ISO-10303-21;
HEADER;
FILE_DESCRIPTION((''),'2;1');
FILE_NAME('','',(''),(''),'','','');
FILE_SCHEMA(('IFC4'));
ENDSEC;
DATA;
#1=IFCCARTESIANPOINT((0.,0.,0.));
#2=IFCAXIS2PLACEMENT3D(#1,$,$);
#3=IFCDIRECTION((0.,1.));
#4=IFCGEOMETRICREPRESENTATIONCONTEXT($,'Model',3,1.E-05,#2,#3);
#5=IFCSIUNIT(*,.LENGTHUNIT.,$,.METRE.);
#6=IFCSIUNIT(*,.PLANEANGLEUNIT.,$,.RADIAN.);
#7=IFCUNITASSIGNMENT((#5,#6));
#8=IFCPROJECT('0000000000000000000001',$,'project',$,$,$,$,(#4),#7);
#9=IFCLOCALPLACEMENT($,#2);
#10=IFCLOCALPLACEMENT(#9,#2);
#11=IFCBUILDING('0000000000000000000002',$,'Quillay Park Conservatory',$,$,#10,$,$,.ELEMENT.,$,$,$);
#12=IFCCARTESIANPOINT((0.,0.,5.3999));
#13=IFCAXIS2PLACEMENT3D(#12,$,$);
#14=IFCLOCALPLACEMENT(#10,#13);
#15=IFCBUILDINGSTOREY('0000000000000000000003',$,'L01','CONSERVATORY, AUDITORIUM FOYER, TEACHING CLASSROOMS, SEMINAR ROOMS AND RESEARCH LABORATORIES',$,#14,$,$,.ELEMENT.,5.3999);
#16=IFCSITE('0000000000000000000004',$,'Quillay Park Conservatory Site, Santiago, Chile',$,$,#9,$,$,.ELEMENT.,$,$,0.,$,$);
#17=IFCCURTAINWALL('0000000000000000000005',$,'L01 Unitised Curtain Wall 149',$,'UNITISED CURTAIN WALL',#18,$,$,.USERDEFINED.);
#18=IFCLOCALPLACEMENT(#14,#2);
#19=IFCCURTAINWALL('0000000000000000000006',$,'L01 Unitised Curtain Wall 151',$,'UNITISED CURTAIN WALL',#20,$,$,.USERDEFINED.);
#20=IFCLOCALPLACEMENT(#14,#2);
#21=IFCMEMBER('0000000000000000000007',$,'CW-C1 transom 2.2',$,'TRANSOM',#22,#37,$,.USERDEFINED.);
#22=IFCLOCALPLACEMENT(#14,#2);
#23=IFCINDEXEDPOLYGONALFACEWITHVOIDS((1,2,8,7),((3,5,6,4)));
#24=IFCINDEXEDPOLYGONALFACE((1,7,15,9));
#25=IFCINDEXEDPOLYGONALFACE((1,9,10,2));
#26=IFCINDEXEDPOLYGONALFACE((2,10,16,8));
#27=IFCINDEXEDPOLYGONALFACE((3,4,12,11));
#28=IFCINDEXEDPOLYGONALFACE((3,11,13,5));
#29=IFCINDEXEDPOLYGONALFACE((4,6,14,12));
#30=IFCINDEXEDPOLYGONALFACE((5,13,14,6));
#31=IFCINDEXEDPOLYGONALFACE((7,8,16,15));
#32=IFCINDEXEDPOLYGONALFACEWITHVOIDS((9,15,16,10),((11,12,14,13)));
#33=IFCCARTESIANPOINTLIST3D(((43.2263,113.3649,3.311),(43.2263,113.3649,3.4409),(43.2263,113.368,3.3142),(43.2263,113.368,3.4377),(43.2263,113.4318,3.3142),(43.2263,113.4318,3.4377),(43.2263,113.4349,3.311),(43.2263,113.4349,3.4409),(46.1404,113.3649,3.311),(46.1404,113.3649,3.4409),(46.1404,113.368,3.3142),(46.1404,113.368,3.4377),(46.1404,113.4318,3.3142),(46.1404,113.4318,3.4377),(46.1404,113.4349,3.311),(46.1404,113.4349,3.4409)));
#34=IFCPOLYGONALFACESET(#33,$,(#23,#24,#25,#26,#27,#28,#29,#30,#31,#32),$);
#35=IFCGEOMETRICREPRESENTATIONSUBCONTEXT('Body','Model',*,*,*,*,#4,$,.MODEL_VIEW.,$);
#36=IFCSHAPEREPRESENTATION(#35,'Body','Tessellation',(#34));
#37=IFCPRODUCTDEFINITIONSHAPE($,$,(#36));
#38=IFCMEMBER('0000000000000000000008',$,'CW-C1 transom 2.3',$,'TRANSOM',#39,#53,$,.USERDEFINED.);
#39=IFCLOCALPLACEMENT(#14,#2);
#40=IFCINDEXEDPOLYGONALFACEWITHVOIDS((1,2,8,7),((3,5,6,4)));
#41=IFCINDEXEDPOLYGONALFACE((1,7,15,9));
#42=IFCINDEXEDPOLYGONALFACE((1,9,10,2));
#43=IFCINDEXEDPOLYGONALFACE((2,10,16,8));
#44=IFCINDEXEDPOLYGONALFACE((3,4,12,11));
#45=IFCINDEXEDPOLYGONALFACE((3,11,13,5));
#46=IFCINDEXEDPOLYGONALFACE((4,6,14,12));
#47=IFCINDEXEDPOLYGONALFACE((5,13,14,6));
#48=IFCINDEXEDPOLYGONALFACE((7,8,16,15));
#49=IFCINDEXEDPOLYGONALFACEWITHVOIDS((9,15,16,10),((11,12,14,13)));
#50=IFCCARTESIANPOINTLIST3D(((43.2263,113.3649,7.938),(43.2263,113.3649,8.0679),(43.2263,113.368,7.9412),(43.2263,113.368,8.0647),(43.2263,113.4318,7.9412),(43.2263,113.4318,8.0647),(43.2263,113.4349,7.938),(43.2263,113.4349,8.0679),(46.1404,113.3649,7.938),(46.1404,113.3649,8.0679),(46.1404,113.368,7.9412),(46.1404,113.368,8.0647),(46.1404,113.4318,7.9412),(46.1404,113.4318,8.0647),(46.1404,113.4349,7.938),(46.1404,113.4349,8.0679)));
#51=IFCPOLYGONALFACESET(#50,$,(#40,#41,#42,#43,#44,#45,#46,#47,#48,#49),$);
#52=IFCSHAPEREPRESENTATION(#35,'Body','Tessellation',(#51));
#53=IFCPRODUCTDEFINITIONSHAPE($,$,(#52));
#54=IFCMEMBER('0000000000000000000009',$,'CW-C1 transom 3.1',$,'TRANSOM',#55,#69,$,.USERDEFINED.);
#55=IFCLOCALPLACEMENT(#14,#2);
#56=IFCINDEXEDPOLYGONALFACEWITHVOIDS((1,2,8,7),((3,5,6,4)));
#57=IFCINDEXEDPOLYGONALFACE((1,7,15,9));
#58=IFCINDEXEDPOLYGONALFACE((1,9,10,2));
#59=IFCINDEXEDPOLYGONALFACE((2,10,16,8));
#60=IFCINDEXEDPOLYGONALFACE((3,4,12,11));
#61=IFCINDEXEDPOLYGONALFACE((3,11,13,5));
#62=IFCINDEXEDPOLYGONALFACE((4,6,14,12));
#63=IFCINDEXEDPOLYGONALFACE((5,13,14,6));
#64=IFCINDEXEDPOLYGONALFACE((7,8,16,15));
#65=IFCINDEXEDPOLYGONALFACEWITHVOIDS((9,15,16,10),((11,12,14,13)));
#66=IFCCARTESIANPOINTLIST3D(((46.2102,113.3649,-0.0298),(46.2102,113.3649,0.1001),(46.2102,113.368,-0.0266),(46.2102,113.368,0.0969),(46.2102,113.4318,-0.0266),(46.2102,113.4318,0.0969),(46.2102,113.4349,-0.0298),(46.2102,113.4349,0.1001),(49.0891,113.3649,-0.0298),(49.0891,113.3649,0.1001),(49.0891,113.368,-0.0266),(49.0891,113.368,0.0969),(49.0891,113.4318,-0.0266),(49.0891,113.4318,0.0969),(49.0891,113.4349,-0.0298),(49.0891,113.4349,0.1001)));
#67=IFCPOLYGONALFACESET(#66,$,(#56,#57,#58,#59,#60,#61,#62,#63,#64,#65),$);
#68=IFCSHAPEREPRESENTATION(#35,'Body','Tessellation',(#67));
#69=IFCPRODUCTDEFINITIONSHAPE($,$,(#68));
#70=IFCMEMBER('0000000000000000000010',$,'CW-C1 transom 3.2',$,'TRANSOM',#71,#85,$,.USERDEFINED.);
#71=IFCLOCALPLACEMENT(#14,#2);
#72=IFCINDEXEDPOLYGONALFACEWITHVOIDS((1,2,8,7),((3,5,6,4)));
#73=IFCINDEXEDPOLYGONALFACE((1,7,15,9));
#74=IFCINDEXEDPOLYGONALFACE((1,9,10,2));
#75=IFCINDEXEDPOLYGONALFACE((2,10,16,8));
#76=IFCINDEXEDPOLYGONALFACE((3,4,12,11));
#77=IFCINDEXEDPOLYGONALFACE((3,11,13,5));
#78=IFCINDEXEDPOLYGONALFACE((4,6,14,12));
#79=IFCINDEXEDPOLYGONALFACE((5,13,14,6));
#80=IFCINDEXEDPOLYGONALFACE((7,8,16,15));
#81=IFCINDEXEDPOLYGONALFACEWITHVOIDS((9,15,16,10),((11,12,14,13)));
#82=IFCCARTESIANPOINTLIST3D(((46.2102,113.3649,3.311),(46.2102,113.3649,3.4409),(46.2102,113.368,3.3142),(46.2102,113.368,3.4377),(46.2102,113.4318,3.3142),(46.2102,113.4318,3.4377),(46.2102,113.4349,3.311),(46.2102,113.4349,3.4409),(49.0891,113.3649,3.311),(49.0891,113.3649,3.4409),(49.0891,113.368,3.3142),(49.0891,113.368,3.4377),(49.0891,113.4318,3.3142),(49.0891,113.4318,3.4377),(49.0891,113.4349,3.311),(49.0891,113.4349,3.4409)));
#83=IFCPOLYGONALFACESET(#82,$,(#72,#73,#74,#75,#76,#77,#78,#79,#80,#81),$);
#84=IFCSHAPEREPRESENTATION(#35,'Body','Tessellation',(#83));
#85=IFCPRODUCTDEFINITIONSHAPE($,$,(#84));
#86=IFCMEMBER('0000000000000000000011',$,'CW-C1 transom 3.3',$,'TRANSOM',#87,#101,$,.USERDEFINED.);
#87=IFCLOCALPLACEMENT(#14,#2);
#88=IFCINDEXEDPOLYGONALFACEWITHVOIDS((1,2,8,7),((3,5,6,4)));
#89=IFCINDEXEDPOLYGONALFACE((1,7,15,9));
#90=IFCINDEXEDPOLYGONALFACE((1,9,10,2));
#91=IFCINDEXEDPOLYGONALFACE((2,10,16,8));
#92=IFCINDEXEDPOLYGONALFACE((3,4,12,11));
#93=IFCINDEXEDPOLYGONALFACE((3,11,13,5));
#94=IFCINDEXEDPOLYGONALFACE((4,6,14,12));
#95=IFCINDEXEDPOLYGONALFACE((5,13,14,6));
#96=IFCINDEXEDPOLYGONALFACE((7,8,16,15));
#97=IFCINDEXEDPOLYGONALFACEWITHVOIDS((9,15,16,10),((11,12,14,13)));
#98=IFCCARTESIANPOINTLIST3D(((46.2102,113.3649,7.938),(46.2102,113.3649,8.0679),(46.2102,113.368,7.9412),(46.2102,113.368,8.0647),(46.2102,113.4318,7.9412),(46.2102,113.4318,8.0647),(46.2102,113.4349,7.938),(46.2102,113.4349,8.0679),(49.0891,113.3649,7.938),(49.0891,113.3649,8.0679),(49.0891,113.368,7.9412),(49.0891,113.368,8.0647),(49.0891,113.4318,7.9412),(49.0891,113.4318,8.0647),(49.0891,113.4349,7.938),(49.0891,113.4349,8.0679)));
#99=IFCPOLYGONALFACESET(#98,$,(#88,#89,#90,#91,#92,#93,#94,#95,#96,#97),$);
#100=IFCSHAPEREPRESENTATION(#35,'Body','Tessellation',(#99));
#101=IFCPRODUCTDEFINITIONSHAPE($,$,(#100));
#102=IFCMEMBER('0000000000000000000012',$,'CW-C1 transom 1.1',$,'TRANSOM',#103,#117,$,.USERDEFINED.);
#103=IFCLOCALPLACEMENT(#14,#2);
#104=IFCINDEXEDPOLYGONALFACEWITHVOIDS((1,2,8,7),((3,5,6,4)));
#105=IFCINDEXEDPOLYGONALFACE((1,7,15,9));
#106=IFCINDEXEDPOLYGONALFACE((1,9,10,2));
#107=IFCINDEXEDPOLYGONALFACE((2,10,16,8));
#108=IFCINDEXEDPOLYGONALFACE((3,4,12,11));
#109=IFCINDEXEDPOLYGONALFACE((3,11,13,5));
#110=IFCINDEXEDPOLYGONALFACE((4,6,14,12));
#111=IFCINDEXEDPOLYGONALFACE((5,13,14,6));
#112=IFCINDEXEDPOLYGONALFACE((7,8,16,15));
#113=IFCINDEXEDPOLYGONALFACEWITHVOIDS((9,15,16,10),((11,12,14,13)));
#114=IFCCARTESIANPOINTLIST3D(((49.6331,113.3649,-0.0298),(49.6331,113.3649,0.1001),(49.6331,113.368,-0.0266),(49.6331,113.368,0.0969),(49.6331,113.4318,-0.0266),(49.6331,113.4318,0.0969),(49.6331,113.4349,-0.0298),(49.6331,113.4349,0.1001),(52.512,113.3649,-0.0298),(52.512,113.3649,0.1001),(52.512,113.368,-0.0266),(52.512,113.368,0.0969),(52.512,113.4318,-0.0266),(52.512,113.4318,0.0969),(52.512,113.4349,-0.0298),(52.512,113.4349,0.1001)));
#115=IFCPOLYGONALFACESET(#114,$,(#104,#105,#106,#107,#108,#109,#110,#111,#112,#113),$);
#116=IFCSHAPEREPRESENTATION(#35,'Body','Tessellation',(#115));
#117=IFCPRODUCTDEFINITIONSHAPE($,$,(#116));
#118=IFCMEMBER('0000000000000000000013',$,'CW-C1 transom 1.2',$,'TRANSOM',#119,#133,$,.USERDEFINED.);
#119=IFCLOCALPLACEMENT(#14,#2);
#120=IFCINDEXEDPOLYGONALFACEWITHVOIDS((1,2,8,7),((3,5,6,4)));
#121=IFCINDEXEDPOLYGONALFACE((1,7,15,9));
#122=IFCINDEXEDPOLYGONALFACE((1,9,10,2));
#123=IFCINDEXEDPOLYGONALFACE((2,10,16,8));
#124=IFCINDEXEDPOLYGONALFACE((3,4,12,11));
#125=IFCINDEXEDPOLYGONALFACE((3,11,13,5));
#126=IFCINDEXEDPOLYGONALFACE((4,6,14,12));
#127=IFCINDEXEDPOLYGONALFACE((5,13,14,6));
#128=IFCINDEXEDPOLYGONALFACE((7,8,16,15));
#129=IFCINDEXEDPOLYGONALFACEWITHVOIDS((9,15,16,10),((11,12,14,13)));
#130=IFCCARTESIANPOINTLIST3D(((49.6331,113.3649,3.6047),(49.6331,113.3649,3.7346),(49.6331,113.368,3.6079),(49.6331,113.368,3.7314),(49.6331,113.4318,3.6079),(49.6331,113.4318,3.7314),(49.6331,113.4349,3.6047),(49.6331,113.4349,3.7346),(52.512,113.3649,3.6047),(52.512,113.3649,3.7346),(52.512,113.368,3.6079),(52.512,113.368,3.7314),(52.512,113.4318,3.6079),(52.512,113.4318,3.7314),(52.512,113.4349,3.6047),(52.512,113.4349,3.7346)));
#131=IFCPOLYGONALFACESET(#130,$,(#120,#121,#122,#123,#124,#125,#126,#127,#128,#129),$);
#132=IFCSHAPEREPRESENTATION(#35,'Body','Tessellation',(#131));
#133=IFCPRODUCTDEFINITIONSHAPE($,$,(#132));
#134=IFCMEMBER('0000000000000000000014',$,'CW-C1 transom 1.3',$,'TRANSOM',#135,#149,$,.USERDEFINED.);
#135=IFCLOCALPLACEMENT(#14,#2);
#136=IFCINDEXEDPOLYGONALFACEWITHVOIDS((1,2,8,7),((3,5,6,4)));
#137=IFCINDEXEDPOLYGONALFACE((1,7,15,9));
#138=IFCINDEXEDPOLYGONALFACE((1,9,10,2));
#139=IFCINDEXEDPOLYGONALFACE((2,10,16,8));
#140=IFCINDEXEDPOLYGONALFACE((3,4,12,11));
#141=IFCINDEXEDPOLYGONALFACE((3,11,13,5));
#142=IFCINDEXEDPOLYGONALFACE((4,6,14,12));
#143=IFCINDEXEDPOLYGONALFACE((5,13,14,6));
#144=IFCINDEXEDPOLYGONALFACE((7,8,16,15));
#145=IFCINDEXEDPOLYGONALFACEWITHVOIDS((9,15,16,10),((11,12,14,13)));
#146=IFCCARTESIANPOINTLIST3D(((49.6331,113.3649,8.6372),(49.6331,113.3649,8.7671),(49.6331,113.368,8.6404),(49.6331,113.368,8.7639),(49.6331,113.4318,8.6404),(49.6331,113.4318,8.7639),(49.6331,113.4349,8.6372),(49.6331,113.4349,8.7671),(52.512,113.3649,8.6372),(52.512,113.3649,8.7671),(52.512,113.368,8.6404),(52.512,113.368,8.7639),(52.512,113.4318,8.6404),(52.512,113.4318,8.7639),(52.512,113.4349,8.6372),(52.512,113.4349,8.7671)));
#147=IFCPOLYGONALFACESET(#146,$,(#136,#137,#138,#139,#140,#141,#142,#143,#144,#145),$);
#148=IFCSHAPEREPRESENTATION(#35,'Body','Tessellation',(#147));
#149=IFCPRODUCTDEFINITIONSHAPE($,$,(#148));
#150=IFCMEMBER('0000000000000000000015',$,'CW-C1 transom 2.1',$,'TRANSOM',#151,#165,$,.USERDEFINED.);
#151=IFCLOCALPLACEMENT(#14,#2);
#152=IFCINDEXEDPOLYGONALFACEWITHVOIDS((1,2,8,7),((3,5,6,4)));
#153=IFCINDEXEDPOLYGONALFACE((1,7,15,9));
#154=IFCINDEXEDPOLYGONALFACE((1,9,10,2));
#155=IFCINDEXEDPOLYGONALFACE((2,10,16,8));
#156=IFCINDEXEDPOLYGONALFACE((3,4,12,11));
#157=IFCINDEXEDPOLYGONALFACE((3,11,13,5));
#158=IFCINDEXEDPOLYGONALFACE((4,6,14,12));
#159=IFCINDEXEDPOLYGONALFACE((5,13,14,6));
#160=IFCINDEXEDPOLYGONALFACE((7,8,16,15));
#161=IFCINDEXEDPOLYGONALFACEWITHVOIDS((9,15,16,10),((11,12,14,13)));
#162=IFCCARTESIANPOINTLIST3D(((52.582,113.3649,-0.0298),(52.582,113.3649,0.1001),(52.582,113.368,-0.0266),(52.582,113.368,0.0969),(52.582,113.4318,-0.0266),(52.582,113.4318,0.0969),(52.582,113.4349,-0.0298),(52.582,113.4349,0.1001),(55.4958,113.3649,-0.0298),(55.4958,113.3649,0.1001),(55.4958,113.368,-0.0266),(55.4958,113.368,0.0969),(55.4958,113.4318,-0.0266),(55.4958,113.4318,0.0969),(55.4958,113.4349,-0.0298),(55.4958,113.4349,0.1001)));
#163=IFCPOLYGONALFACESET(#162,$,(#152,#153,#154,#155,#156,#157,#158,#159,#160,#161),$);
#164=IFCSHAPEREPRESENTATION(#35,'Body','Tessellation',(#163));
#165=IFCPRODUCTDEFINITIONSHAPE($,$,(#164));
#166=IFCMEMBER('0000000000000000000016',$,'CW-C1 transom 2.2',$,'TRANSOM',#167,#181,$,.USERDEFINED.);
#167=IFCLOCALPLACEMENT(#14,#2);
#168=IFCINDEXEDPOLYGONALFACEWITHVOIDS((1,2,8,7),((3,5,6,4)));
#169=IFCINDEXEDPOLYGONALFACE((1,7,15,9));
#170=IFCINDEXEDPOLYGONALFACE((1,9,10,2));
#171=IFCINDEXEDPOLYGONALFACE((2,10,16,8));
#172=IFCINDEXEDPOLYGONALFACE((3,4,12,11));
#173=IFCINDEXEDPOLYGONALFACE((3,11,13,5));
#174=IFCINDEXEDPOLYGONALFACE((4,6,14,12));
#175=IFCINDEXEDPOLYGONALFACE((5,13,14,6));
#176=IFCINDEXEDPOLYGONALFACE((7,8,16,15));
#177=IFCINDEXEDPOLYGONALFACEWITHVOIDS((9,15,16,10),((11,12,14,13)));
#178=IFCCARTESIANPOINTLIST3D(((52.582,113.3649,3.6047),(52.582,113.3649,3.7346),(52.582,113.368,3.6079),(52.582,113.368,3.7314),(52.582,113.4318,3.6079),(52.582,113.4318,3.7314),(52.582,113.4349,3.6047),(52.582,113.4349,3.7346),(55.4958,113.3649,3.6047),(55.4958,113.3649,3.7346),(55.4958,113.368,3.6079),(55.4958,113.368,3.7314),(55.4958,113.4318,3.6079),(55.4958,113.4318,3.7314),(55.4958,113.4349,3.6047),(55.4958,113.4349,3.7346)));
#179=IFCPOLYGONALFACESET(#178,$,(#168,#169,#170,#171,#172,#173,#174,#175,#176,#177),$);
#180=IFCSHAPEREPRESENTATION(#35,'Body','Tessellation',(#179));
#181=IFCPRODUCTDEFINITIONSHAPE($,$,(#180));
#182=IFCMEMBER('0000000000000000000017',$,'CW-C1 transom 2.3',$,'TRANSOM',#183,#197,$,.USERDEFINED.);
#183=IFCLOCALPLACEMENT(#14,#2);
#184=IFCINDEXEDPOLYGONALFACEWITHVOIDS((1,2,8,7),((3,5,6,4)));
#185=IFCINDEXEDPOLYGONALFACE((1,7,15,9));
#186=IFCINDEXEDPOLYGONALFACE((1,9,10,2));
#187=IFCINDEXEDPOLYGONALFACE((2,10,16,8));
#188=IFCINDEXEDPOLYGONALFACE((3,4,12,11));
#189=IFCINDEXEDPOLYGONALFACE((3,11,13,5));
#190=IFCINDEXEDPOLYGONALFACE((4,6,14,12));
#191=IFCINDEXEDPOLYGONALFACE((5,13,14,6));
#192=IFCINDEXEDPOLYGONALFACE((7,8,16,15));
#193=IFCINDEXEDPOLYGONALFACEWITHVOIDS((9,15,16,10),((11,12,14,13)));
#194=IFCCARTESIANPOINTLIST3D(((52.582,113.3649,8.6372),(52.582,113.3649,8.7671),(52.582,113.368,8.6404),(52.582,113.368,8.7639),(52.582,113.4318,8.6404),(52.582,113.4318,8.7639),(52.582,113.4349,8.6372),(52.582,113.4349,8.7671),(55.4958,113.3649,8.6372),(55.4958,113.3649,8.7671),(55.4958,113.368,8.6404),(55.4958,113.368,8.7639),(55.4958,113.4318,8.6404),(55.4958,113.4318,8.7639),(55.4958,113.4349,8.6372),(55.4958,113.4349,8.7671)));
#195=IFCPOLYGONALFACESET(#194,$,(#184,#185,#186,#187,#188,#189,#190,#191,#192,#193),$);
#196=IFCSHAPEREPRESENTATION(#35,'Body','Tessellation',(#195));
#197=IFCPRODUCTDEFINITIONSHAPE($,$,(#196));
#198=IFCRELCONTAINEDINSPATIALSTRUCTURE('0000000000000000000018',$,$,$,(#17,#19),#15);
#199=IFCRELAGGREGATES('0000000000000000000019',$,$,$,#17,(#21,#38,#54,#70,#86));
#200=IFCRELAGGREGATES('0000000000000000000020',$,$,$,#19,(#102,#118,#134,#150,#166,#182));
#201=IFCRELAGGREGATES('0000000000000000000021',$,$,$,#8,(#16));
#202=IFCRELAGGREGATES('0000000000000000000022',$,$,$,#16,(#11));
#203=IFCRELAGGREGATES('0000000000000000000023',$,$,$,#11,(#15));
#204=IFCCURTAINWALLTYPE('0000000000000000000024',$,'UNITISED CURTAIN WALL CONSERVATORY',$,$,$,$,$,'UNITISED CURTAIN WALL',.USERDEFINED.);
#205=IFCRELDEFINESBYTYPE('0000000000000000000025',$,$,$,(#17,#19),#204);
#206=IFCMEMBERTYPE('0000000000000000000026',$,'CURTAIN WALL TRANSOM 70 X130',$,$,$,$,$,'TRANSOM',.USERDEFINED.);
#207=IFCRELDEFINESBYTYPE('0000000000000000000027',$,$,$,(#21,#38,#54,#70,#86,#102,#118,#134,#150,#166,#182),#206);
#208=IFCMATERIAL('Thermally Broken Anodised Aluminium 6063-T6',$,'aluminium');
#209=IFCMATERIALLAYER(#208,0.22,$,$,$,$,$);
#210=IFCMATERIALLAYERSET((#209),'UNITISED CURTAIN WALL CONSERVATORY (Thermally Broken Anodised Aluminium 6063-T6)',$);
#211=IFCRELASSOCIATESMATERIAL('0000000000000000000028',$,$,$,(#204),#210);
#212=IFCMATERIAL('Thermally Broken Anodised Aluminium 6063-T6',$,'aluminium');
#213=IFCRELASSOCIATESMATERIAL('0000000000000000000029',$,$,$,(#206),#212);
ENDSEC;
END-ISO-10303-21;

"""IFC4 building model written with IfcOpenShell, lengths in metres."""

from ifc_helpers import new_model, si_unit, direction, frame, origin, origin_2d, place, context, subcontext, project, spatial, hollow_rectangle, extrude, material, layer, layer_set, material_profile, profile_set, type_object, element, aggregate, save


model = new_model("IFC4")

# Units and contexts
model_context = context("Model", 3, precision=1e-05, world=origin(), true_north=direction((0.0, 1.0)))
body_context = subcontext(model_context, "Body", "Model", "MODEL_VIEW")
ifc_project = project(units=[si_unit("LENGTHUNIT", "METRE"), si_unit("PLANEANGLEUNIT", "RADIAN")], contexts=[model_context])

# Site, building, storey
site_placement = place(None, origin())
site = spatial("IfcSite", under=ifc_project, at=site_placement, Name="Quillay Park Conservatory Site, Santiago, Chile", CompositionType="ELEMENT", RefElevation=0.0)
building_placement = place(site_placement, origin())
building = spatial("IfcBuilding", under=site, at=building_placement, Name="Quillay Park Conservatory", CompositionType="ELEMENT")
storey_placement = place(building_placement, frame((0.0, 0.0, 5.3999)))
storey = spatial("IfcBuildingStorey", under=building, at=storey_placement, Name="L01", Description="CONSERVATORY, AUDITORIUM FOYER, TEACHING CLASSROOMS, SEMINAR ROOMS AND RESEARCH LABORATORIES", CompositionType="ELEMENT", Elevation=5.3999)

# Curtain walls
ifc_material_1 = material(Name="Thermally Broken Anodised Aluminium 6063-T6", Category="aluminium")
ifc_layer_1 = layer(ifc_material_1, 0.22)
ifc_layer_set_1 = layer_set([ifc_layer_1], Name="UNITISED CURTAIN WALL CONSERVATORY (Thermally Broken Anodised Aluminium 6063-T6)")
curtain_wall_type = type_object("IfcCurtainWallType", Name="UNITISED CURTAIN WALL CONSERVATORY", ElementType="UNITISED CURTAIN WALL", PredefinedType="USERDEFINED", material=ifc_layer_set_1)
curtain_wall_1_placement = place(storey_placement, origin())
curtain_wall_1 = element("IfcCurtainWall", 1, at=curtain_wall_1_placement, inside=storey, type_object=curtain_wall_type, Name="L01 Unitised Curtain Wall 149", ObjectType="UNITISED CURTAIN WALL", PredefinedType="USERDEFINED")
curtain_wall_2_placement = place(storey_placement, origin())
curtain_wall_2 = element("IfcCurtainWall", 2, at=curtain_wall_2_placement, inside=storey, type_object=curtain_wall_type, Name="L01 Unitised Curtain Wall 151", ObjectType="UNITISED CURTAIN WALL", PredefinedType="USERDEFINED")

# Members
ifc_material_2 = material(Name="Thermally Broken Anodised Aluminium 6063-T6", Category="aluminium")
ifc_material_profile_1 = material_profile(ifc_material_2, hollow_rectangle(XDim=0.0701, YDim=0.1299, WallThickness=0.0032, at=origin_2d()), Name="AL70x130x3.2")
ifc_profile_set_1 = profile_set([ifc_material_profile_1], Name="Thermally Broken Anodised Aluminium 6063-T6")
member_type_1 = type_object("IfcMemberType", Name="CURTAIN WALL TRANSOM 70 X130", ElementType="TRANSOM", PredefinedType="USERDEFINED", material=ifc_profile_set_1)
member_1_placement = place(storey_placement, frame((43.2263, 113.3999, 3.376), z_axis=(1.0, 0.0, 0.0), x_axis=(0.0, 1.0, 0.0)))
member_1 = element("IfcMember", 3, at=member_1_placement, type_object=member_type_1, Name="CW-C1 transom 2.2", ObjectType="TRANSOM", PredefinedType="USERDEFINED", context=body_context, shape_type="SweptSolid", body=[
    extrude(hollow_rectangle(XDim=0.0701, YDim=0.1299, WallThickness=0.0032, at=origin_2d()), origin(), (0.0, 0.0, 1.0), 2.9141),
])
member_2_placement = place(storey_placement, frame((43.2263, 113.3999, 8.0029), z_axis=(1.0, 0.0, 0.0), x_axis=(0.0, 1.0, 0.0)))
member_2 = element("IfcMember", 4, at=member_2_placement, type_object=member_type_1, Name="CW-C1 transom 2.3", ObjectType="TRANSOM", PredefinedType="USERDEFINED", context=body_context, shape_type="SweptSolid", body=[
    extrude(hollow_rectangle(XDim=0.0701, YDim=0.1299, WallThickness=0.0032, at=origin_2d()), origin(), (0.0, 0.0, 1.0), 2.9141),
])
member_3_placement = place(storey_placement, frame((46.2102, 113.3999, 0.0352), z_axis=(1.0, 0.0, 0.0), x_axis=(0.0, 1.0, 0.0)))
member_3 = element("IfcMember", 5, at=member_3_placement, type_object=member_type_1, Name="CW-C1 transom 3.1", ObjectType="TRANSOM", PredefinedType="USERDEFINED", context=body_context, shape_type="SweptSolid", body=[
    extrude(hollow_rectangle(XDim=0.0701, YDim=0.1299, WallThickness=0.0032, at=origin_2d()), origin(), (0.0, 0.0, 1.0), 2.8789),
])
member_4_placement = place(storey_placement, frame((46.2102, 113.3999, 3.376), z_axis=(1.0, 0.0, 0.0), x_axis=(0.0, 1.0, 0.0)))
member_4 = element("IfcMember", 6, at=member_4_placement, type_object=member_type_1, Name="CW-C1 transom 3.2", ObjectType="TRANSOM", PredefinedType="USERDEFINED", context=body_context, shape_type="SweptSolid", body=[
    extrude(hollow_rectangle(XDim=0.0701, YDim=0.1299, WallThickness=0.0032, at=origin_2d()), origin(), (0.0, 0.0, 1.0), 2.8789),
])
member_5_placement = place(storey_placement, frame((46.2102, 113.3999, 8.0029), z_axis=(1.0, 0.0, 0.0), x_axis=(0.0, 1.0, 0.0)))
member_5 = element("IfcMember", 7, at=member_5_placement, type_object=member_type_1, Name="CW-C1 transom 3.3", ObjectType="TRANSOM", PredefinedType="USERDEFINED", context=body_context, shape_type="SweptSolid", body=[
    extrude(hollow_rectangle(XDim=0.0701, YDim=0.1299, WallThickness=0.0032, at=origin_2d()), origin(), (0.0, 0.0, 1.0), 2.8789),
])
member_6_placement = place(storey_placement, frame((49.6331, 113.3999, 0.0352), z_axis=(1.0, 0.0, 0.0), x_axis=(0.0, 1.0, 0.0)))
member_6 = element("IfcMember", 8, at=member_6_placement, type_object=member_type_1, Name="CW-C1 transom 1.1", ObjectType="TRANSOM", PredefinedType="USERDEFINED", context=body_context, shape_type="SweptSolid", body=[
    extrude(hollow_rectangle(XDim=0.0701, YDim=0.1299, WallThickness=0.0032, at=origin_2d()), origin(), (0.0, 0.0, 1.0), 2.8789),
])
member_7_placement = place(storey_placement, frame((49.6331, 113.3999, 3.6697), z_axis=(1.0, 0.0, 0.0), x_axis=(0.0, 1.0, 0.0)))
member_7 = element("IfcMember", 9, at=member_7_placement, type_object=member_type_1, Name="CW-C1 transom 1.2", ObjectType="TRANSOM", PredefinedType="USERDEFINED", context=body_context, shape_type="SweptSolid", body=[
    extrude(hollow_rectangle(XDim=0.0701, YDim=0.1299, WallThickness=0.0032, at=origin_2d()), origin(), (0.0, 0.0, 1.0), 2.8789),
])
member_8_placement = place(storey_placement, frame((49.6331, 113.3999, 8.7021), z_axis=(1.0, 0.0, 0.0), x_axis=(0.0, 1.0, 0.0)))
member_8 = element("IfcMember", 10, at=member_8_placement, type_object=member_type_1, Name="CW-C1 transom 1.3", ObjectType="TRANSOM", PredefinedType="USERDEFINED", context=body_context, shape_type="SweptSolid", body=[
    extrude(hollow_rectangle(XDim=0.0701, YDim=0.1299, WallThickness=0.0032, at=origin_2d()), origin(), (0.0, 0.0, 1.0), 2.8789),
])
member_9_placement = place(storey_placement, frame((52.582, 113.3999, 0.0352), z_axis=(1.0, 0.0, 0.0), x_axis=(0.0, 1.0, 0.0)))
member_9 = element("IfcMember", 11, at=member_9_placement, type_object=member_type_1, Name="CW-C1 transom 2.1", ObjectType="TRANSOM", PredefinedType="USERDEFINED", context=body_context, shape_type="SweptSolid", body=[
    extrude(hollow_rectangle(XDim=0.0701, YDim=0.1299, WallThickness=0.0032, at=origin_2d()), origin(), (0.0, 0.0, 1.0), 2.9138),
])
member_10_placement = place(storey_placement, frame((52.582, 113.3999, 3.6697), z_axis=(1.0, 0.0, 0.0), x_axis=(0.0, 1.0, 0.0)))
member_10 = element("IfcMember", 12, at=member_10_placement, type_object=member_type_1, Name="CW-C1 transom 2.2", ObjectType="TRANSOM", PredefinedType="USERDEFINED", context=body_context, shape_type="SweptSolid", body=[
    extrude(hollow_rectangle(XDim=0.0701, YDim=0.1299, WallThickness=0.0032, at=origin_2d()), origin(), (0.0, 0.0, 1.0), 2.9138),
])
member_11_placement = place(storey_placement, frame((52.582, 113.3999, 8.7021), z_axis=(1.0, 0.0, 0.0), x_axis=(0.0, 1.0, 0.0)))
member_11 = element("IfcMember", 13, at=member_11_placement, type_object=member_type_1, Name="CW-C1 transom 2.3", ObjectType="TRANSOM", PredefinedType="USERDEFINED", context=body_context, shape_type="SweptSolid", body=[
    extrude(hollow_rectangle(XDim=0.0701, YDim=0.1299, WallThickness=0.0032, at=origin_2d()), origin(), (0.0, 0.0, 1.0), 2.9138),
])

aggregate(curtain_wall_1, [member_1, member_2, member_3, member_4, member_5])
aggregate(curtain_wall_2, [member_6, member_7, member_8, member_9, member_10, member_11])

save(model, "model.ifc")
